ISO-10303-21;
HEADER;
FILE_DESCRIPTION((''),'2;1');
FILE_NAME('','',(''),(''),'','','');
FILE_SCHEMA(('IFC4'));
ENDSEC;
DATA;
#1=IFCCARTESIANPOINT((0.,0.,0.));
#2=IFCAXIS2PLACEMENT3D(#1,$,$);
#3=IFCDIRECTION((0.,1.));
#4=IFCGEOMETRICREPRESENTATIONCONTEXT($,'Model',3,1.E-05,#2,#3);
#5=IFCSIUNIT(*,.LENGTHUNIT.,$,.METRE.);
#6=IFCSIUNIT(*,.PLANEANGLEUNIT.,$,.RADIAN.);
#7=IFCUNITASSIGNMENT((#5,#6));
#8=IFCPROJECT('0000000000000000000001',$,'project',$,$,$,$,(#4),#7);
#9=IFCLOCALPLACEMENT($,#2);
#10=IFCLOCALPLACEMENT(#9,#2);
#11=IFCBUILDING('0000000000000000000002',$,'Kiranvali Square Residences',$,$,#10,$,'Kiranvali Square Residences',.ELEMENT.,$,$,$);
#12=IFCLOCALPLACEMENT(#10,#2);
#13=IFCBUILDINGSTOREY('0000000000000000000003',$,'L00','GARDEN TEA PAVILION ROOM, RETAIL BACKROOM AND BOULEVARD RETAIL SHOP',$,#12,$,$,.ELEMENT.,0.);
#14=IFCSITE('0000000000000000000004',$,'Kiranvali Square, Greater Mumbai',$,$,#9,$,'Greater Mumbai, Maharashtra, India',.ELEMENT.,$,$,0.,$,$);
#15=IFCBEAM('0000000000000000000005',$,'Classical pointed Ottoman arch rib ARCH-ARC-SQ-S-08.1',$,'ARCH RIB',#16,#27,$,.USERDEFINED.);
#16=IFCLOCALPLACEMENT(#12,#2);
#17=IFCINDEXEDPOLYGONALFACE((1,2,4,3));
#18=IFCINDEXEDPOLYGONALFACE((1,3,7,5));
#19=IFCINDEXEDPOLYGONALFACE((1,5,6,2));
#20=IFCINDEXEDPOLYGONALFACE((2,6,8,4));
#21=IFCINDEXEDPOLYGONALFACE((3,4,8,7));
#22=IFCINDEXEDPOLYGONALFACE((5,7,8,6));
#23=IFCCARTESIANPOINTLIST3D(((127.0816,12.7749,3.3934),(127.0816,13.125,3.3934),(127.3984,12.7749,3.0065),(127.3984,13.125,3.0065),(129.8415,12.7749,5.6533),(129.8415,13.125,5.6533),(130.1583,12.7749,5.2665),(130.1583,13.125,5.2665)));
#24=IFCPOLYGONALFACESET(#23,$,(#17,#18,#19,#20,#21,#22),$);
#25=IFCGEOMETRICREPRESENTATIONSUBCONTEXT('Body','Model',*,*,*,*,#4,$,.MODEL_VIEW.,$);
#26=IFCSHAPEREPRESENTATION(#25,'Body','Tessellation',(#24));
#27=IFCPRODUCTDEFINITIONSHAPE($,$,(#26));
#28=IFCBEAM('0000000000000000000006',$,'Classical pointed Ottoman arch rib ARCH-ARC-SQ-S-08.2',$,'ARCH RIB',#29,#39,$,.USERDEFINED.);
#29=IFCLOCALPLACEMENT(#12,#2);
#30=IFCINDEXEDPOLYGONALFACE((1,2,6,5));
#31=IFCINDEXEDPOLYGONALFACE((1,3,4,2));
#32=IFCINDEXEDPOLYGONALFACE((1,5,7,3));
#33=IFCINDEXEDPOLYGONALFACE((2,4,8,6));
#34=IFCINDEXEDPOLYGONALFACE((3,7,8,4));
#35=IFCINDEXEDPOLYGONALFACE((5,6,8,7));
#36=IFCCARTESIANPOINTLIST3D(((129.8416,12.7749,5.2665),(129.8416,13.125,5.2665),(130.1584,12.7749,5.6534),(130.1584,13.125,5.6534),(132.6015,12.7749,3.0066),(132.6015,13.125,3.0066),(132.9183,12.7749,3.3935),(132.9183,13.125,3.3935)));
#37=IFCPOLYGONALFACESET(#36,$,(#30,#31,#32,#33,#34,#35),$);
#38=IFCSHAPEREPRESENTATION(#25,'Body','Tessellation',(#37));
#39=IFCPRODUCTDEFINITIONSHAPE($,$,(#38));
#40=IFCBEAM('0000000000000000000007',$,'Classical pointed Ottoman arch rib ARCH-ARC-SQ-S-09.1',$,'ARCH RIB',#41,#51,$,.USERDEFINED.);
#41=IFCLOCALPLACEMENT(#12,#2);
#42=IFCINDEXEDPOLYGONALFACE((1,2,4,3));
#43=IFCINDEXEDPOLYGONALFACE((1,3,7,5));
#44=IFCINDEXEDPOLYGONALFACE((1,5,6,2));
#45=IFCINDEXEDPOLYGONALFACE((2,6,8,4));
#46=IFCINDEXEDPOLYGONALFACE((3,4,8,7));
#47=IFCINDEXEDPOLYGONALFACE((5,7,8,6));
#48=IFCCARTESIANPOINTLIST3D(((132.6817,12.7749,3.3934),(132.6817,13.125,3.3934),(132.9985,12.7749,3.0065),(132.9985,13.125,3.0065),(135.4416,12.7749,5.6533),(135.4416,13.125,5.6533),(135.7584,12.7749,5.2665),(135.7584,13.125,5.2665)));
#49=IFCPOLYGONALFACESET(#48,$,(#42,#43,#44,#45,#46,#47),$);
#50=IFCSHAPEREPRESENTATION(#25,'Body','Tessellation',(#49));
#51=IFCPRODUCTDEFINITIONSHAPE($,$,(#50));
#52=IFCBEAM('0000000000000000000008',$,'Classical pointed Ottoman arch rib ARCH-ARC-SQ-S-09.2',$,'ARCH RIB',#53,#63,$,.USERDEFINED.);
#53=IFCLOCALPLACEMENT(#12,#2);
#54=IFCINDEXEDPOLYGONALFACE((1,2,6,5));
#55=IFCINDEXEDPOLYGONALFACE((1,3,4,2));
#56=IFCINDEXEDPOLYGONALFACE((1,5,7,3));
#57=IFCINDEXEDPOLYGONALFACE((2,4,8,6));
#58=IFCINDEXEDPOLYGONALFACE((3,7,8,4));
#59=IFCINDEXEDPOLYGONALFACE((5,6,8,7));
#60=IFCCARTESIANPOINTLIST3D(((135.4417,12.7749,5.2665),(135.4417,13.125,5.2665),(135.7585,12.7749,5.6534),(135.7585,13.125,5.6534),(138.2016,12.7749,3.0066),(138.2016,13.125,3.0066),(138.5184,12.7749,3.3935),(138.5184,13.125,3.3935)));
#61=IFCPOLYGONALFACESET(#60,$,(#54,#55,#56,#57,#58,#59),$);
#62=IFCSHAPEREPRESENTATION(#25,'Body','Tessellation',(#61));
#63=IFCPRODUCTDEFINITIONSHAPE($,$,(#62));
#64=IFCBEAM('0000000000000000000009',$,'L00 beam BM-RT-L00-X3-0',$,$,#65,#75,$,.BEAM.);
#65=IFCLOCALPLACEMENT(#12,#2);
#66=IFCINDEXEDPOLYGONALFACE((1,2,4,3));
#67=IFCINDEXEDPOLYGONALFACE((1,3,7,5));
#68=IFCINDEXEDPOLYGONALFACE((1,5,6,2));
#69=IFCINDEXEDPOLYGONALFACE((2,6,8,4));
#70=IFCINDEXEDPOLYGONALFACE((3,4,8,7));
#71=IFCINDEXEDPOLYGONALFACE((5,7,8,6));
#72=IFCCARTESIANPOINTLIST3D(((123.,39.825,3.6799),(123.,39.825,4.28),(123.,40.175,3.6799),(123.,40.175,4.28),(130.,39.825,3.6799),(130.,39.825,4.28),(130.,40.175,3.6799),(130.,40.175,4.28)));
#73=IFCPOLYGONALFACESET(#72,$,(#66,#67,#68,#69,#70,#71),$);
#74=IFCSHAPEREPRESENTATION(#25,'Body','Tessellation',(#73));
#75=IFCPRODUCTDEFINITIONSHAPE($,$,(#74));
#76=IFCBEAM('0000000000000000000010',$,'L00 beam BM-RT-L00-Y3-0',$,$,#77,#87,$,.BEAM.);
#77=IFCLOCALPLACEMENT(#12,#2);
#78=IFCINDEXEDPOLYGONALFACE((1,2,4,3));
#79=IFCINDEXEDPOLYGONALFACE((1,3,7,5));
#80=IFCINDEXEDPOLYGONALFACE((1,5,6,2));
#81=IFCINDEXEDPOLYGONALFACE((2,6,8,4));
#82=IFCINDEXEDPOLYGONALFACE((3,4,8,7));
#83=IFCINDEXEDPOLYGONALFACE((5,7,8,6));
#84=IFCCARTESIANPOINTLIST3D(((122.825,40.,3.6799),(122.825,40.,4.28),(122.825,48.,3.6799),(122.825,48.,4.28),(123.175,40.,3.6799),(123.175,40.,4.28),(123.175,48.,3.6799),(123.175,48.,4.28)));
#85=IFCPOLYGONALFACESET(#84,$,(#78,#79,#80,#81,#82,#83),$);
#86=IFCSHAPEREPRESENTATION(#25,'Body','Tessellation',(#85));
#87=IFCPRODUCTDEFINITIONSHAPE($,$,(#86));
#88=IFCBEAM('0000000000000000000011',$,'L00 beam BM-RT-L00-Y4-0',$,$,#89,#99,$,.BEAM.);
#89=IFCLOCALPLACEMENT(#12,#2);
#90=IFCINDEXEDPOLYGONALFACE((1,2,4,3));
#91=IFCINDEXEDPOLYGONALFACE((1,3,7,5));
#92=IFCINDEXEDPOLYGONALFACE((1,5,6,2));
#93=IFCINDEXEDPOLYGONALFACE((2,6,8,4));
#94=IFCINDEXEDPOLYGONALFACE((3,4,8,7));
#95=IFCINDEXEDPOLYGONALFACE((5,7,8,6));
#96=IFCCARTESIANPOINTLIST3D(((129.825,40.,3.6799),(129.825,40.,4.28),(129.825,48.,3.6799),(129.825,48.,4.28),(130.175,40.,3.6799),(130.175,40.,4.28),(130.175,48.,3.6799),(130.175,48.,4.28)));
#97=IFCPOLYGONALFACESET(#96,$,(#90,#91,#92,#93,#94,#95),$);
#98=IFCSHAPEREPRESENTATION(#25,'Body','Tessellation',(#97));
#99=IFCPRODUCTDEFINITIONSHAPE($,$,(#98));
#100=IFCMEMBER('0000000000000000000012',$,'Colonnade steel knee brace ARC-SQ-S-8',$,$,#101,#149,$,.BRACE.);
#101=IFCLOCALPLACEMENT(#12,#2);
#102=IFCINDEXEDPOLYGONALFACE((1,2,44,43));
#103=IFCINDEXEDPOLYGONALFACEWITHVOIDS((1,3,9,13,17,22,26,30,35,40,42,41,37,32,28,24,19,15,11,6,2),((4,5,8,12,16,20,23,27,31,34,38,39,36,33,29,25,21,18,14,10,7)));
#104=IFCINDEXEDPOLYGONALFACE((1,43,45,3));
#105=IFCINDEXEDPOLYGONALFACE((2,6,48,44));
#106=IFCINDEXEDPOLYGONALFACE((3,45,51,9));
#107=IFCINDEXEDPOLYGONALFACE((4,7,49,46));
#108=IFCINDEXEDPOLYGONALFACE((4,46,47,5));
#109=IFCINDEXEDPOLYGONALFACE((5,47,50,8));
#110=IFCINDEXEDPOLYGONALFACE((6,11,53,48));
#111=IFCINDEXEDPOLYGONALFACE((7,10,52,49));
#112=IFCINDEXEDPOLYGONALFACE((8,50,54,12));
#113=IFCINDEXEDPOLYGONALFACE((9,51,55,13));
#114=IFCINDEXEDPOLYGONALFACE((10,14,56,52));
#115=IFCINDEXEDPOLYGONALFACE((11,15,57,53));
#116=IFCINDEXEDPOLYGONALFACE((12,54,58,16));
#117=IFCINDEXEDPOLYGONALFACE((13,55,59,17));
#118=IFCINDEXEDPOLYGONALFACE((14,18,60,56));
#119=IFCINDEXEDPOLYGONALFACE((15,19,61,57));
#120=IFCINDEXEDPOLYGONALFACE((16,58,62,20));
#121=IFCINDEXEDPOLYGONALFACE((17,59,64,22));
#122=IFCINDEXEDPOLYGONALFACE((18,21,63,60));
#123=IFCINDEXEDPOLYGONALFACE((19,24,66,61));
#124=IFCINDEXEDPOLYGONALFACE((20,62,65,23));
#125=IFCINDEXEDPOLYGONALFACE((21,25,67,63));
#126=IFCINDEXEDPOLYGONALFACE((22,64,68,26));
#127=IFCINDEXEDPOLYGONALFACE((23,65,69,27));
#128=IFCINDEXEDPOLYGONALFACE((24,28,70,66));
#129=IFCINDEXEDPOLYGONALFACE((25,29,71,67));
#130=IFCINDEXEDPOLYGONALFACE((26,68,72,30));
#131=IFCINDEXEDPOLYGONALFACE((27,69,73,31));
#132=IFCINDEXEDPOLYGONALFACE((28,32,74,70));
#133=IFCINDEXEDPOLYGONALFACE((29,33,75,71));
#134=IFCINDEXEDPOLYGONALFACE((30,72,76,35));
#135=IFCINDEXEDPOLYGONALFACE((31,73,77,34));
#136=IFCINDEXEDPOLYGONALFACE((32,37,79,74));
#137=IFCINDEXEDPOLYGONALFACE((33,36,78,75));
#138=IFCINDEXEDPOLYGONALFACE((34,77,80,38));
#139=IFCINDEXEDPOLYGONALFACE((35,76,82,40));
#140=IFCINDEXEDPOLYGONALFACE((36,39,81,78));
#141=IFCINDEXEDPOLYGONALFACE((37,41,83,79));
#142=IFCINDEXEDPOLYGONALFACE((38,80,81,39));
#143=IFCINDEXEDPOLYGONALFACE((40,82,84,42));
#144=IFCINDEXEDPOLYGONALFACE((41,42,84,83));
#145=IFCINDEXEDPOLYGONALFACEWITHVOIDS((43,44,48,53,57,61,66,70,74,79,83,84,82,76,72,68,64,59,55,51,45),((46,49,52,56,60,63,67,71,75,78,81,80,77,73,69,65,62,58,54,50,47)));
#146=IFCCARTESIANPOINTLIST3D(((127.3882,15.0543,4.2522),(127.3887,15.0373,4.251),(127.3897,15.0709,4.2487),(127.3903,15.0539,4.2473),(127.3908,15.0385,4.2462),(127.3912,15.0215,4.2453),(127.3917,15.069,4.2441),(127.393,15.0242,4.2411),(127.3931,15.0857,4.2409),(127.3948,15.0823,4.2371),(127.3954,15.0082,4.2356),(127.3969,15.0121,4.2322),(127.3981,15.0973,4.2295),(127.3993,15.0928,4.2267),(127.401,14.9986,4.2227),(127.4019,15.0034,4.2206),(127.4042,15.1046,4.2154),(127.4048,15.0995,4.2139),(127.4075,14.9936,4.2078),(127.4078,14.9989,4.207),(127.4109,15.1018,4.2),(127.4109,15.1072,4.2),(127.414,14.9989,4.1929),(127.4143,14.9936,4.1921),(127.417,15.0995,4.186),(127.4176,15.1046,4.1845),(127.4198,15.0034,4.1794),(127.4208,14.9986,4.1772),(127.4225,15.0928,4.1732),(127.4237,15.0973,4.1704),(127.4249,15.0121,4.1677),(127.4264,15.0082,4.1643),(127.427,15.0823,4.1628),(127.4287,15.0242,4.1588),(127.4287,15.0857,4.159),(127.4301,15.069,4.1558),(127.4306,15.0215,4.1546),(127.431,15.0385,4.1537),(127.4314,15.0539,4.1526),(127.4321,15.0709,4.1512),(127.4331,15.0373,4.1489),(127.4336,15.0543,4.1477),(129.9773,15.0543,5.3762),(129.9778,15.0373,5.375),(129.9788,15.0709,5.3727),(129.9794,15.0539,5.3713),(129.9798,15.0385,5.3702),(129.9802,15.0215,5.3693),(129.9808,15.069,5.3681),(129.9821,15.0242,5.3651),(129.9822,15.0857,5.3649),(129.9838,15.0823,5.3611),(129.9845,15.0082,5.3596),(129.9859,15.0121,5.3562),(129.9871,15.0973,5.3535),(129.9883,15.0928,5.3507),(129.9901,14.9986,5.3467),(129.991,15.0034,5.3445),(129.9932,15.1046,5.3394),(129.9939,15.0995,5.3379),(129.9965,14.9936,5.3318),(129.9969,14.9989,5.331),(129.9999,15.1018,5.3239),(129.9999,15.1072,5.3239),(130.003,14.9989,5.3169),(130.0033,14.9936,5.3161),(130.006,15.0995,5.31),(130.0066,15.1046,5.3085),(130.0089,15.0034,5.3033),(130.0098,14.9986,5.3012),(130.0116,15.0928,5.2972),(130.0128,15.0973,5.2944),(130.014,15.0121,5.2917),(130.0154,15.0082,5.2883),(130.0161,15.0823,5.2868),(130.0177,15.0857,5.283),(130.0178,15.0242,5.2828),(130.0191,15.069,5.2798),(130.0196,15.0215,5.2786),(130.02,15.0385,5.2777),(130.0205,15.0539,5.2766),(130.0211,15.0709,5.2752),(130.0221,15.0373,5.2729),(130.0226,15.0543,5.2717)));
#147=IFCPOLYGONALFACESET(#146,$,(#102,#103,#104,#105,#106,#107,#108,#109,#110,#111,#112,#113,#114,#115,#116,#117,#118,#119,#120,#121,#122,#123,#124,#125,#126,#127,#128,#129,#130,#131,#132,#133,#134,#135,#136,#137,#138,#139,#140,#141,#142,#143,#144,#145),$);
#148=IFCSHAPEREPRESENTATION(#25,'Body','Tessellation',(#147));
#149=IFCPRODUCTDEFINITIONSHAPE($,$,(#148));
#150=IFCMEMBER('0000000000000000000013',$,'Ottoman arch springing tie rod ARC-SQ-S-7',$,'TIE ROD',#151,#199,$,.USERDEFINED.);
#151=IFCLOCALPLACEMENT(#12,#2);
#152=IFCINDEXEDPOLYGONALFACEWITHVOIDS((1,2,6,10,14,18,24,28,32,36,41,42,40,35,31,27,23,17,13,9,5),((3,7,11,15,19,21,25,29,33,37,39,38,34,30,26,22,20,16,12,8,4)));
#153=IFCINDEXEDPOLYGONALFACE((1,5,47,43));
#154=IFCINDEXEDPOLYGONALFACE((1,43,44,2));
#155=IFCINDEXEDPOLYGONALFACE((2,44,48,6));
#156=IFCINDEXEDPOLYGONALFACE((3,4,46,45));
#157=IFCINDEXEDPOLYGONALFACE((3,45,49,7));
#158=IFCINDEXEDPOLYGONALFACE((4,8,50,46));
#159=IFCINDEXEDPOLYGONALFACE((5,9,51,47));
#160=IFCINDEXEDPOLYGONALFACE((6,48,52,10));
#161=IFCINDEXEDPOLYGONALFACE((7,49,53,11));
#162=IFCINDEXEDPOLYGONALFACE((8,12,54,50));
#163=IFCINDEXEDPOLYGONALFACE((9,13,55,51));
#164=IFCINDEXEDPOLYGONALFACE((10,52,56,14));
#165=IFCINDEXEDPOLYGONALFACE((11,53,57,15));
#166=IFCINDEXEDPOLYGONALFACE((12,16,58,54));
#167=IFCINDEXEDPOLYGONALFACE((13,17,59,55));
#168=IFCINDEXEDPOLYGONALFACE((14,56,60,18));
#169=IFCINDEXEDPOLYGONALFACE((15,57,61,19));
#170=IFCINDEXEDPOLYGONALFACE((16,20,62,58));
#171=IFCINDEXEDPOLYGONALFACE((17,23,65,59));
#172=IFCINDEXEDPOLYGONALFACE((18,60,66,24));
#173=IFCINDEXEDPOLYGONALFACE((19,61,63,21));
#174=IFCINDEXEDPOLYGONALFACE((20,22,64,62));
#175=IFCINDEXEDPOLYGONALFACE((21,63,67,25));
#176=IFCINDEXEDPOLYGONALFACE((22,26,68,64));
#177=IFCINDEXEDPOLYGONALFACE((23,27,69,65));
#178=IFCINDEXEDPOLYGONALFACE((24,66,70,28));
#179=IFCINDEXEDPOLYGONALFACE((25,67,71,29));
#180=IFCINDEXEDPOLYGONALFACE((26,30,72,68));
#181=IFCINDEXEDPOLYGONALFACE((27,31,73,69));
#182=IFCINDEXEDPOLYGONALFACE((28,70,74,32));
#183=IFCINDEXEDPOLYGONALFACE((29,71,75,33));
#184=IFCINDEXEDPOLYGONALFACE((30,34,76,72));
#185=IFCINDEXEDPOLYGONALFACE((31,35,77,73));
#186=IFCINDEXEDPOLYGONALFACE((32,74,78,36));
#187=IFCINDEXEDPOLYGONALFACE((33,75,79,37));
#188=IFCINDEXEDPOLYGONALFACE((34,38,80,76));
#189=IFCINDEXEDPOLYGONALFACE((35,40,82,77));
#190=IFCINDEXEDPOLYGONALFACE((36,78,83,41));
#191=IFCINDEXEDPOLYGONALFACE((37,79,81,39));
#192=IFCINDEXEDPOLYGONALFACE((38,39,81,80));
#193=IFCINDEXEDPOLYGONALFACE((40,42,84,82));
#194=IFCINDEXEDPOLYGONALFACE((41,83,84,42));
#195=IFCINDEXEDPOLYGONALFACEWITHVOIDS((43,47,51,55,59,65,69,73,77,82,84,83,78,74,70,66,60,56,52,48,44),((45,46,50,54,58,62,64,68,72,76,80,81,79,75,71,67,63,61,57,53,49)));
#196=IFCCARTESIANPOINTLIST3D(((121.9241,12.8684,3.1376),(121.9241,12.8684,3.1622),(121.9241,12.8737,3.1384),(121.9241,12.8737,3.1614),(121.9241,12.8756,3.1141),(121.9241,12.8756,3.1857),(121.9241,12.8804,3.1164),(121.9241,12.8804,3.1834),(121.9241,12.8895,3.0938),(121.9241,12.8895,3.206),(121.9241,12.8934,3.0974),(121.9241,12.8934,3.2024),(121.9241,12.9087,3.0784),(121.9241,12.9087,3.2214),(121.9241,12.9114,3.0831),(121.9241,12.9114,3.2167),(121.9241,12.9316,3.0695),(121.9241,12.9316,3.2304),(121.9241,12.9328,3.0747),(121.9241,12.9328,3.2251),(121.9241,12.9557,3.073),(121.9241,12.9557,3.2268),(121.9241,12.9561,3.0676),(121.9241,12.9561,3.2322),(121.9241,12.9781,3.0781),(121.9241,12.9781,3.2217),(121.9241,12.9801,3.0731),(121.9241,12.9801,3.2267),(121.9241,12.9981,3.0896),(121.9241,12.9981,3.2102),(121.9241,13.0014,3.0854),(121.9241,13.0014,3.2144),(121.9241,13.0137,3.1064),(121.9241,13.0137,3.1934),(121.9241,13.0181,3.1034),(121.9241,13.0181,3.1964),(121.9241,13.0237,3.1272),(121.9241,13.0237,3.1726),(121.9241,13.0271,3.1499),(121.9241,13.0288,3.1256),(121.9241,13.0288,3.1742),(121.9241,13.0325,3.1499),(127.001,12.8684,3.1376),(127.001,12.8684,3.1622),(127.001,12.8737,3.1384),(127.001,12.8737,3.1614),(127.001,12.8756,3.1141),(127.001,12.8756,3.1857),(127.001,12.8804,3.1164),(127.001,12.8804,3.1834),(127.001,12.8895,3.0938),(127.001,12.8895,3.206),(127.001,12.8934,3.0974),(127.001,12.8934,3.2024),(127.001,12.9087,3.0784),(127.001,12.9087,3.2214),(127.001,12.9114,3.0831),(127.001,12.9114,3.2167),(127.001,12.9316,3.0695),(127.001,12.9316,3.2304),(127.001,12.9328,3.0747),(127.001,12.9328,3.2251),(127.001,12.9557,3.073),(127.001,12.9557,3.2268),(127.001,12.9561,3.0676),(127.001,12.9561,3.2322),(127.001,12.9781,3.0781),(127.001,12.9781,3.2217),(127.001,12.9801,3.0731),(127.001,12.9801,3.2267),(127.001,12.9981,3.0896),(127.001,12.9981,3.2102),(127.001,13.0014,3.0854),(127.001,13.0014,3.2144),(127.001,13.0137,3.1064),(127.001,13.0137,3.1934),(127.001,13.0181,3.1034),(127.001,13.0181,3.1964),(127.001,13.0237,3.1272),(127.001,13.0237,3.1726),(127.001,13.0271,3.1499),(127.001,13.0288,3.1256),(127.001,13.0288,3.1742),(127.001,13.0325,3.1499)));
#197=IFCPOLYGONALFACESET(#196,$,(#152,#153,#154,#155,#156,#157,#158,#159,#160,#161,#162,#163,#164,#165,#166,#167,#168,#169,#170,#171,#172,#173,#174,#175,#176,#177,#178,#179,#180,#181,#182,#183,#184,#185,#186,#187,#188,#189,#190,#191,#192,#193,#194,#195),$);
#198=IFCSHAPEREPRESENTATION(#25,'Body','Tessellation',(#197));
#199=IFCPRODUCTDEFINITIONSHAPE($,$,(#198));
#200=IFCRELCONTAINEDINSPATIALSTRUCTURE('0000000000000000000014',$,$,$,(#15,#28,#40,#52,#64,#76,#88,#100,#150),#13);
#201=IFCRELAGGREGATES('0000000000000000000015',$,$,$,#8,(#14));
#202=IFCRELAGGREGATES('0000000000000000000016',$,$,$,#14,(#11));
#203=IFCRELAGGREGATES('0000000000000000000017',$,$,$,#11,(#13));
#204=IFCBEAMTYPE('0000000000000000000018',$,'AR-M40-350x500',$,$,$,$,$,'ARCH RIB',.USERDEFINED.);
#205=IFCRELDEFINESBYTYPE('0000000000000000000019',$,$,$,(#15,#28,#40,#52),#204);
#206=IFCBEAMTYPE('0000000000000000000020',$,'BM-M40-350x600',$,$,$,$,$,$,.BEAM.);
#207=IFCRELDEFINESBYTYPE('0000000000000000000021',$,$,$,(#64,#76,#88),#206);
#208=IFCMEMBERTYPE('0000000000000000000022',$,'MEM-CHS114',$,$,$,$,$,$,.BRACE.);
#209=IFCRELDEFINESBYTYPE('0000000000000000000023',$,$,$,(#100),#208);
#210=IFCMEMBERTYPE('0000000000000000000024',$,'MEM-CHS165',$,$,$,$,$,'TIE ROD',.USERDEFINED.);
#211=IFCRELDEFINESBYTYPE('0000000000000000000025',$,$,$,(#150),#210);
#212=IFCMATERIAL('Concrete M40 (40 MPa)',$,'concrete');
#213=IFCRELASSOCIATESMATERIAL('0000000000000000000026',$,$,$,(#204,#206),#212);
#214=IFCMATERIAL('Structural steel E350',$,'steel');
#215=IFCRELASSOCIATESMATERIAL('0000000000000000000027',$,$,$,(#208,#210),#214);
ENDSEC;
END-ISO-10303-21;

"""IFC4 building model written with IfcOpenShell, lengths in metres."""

from ifc_helpers import new_model, si_unit, direction, frame, origin, origin_2d, place, context, subcontext, project, spatial, rectangle, hollow_circle, extrude, material, material_profile, profile_set, type_object, element, save


model = new_model("IFC4")

# Units and contexts
model_context = context("Model", 3, precision=1e-05, world=origin(), true_north=direction((0.0, 1.0)))
body_context = subcontext(model_context, "Body", "Model", "MODEL_VIEW")
ifc_project = project(units=[si_unit("LENGTHUNIT", "METRE"), si_unit("PLANEANGLEUNIT", "RADIAN")], contexts=[model_context])

# Site, building, storey
site_placement = place(None, origin())
site = spatial("IfcSite", under=ifc_project, at=site_placement, Name="Kiranvali Square, Greater Mumbai", LongName="Greater Mumbai, Maharashtra, India", CompositionType="ELEMENT", RefElevation=0.0)
building_placement = place(site_placement, origin())
building = spatial("IfcBuilding", under=site, at=building_placement, Name="Kiranvali Square Residences", LongName="Kiranvali Square Residences", CompositionType="ELEMENT")
storey_placement = place(building_placement, origin())
storey = spatial("IfcBuildingStorey", under=building, at=storey_placement, Name="L00", Description="GARDEN TEA PAVILION ROOM, RETAIL BACKROOM AND BOULEVARD RETAIL SHOP", CompositionType="ELEMENT", Elevation=0.0)

# Shared definitions
ifc_material_1 = material(Name="Concrete M40 (40 MPa)", Category="concrete")

# Beams
ifc_material_profile_1 = material_profile(ifc_material_1, rectangle(XDim=0.3501, YDim=0.5, at=origin_2d()), Name="RC 350x500")
ifc_profile_set_1 = profile_set([ifc_material_profile_1], Name="Concrete M40 (40 MPa)")
beam_type_1 = type_object("IfcBeamType", Name="AR-M40-350x500", ElementType="ARCH RIB", PredefinedType="USERDEFINED", material=ifc_profile_set_1)
for number, where, z_axis, x_axis, name in (
    (1, (127.24, 12.95, 3.2), (0.773707, 0.0, 0.633543), (0.0, 1.0, 0.0), "Classical pointed Ottoman arch rib ARCH-ARC-SQ-S-08.1"),
    (2, (130.0, 12.95, 5.46), (0.773707, 0.0, -0.633543), (0.0, 1.0, 0.0), "Classical pointed Ottoman arch rib ARCH-ARC-SQ-S-08.2"),
    (3, (132.8401, 12.95, 3.2), (0.773707, 0.0, 0.633543), (0.0, 1.0, 0.0), "Classical pointed Ottoman arch rib ARCH-ARC-SQ-S-09.1"),
    (4, (135.6001, 12.95, 5.46), (0.773707, 0.0, -0.633543), (0.0, 1.0, 0.0), "Classical pointed Ottoman arch rib ARCH-ARC-SQ-S-09.2"),
):
    element("IfcBeam", number, at=place(storey_placement, frame(where, z_axis=z_axis, x_axis=x_axis)), inside=storey, type_object=beam_type_1, Name=name, ObjectType="ARCH RIB", PredefinedType="USERDEFINED", context=body_context, shape_type="SweptSolid", body=[
        extrude(rectangle(XDim=0.3501, YDim=0.5, at=origin_2d()), origin(), (0.0, 0.0, 1.0), 3.5671),
    ])
ifc_material_profile_2 = material_profile(ifc_material_1, rectangle(XDim=0.3501, YDim=0.6001, at=origin_2d()), Name="RC 350x600")
ifc_profile_set_2 = profile_set([ifc_material_profile_2], Name="Concrete M40 (40 MPa)")
beam_type_2 = type_object("IfcBeamType", Name="BM-M40-350x600", PredefinedType="BEAM", material=ifc_profile_set_2)
beam_placement = place(storey_placement, frame((123.0, 40.0, 3.98), z_axis=(1.0, 0.0, 0.0), x_axis=(0.0, 1.0, 0.0)))
element("IfcBeam", 5, at=beam_placement, inside=storey, type_object=beam_type_2, Name="L00 beam BM-RT-L00-X3-0", PredefinedType="BEAM", context=body_context, shape_type="SweptSolid", body=[
    extrude(rectangle(XDim=0.3501, YDim=0.6001, at=origin_2d()), origin(), (0.0, 0.0, 1.0), 7.0),
])
for number, where, z_axis, x_axis, name in (
    (6, (123.0, 40.0, 3.98), (0.0, 1.0, 0.0), (-1.0, 0.0, 0.0), "L00 beam BM-RT-L00-Y3-0"),
    (7, (130.0, 40.0, 3.98), (0.0, 1.0, 0.0), (-1.0, 0.0, 0.0), "L00 beam BM-RT-L00-Y4-0"),
):
    element("IfcBeam", number, at=place(storey_placement, frame(where, z_axis=z_axis, x_axis=x_axis)), inside=storey, type_object=beam_type_2, Name=name, PredefinedType="BEAM", context=body_context, shape_type="SweptSolid", body=[
        extrude(rectangle(XDim=0.3501, YDim=0.6001, at=origin_2d()), origin(), (0.0, 0.0, 1.0), 8.0),
    ])

# Members
ifc_material_2 = material(Name="Structural steel E350", Category="steel")
ifc_material_profile_3 = material_profile(ifc_material_2, hollow_circle(Radius=0.0571, WallThickness=0.0054, at=origin_2d()), Name="CHS 114.3x5.4")
ifc_profile_set_3 = profile_set([ifc_material_profile_3], Name="Structural steel E350")
member_type_1 = type_object("IfcMemberType", Name="MEM-CHS114", PredefinedType="BRACE", material=ifc_profile_set_3)
member_placement = place(storey_placement, frame((127.4109, 15.05, 4.2), z_axis=(0.917287, 0.0, 0.398226), x_axis=(0.0, 1.0, 0.0)))
element("IfcMember", 8, at=member_placement, inside=storey, type_object=member_type_1, Name="Colonnade steel knee brace ARC-SQ-S-8", PredefinedType="BRACE", context=body_context, shape_type="SweptSolid", body=[
    extrude(hollow_circle(Radius=0.0571, WallThickness=0.0054, at=origin_2d()), origin(), (0.0, 0.0, 1.0), 2.8225),
])
ifc_material_profile_4 = material_profile(ifc_material_2, hollow_circle(Radius=0.0825, WallThickness=0.0054, at=origin_2d()), Name="CHS 165.1x5.4")
ifc_profile_set_4 = profile_set([ifc_material_profile_4], Name="Structural steel E350")
member_type_2 = type_object("IfcMemberType", Name="MEM-CHS165", ElementType="TIE ROD", PredefinedType="USERDEFINED", material=ifc_profile_set_4)
for number, where, z_axis, x_axis, name in (
    (9, (121.9241, 12.95, 3.1499), (1.0, 0.0, 0.0), (0.0, 1.0, 0.0), "Ottoman arch springing tie rod ARC-SQ-S-7"),
):
    element("IfcMember", number, at=place(storey_placement, frame(where, z_axis=z_axis, x_axis=x_axis)), inside=storey, type_object=member_type_2, Name=name, ObjectType="TIE ROD", PredefinedType="USERDEFINED", context=body_context, shape_type="SweptSolid", body=[
        extrude(hollow_circle(Radius=0.0825, WallThickness=0.0054, at=origin_2d()), origin(), (0.0, 0.0, 1.0), 5.0769),
    ])

save(model, "model.ifc")
